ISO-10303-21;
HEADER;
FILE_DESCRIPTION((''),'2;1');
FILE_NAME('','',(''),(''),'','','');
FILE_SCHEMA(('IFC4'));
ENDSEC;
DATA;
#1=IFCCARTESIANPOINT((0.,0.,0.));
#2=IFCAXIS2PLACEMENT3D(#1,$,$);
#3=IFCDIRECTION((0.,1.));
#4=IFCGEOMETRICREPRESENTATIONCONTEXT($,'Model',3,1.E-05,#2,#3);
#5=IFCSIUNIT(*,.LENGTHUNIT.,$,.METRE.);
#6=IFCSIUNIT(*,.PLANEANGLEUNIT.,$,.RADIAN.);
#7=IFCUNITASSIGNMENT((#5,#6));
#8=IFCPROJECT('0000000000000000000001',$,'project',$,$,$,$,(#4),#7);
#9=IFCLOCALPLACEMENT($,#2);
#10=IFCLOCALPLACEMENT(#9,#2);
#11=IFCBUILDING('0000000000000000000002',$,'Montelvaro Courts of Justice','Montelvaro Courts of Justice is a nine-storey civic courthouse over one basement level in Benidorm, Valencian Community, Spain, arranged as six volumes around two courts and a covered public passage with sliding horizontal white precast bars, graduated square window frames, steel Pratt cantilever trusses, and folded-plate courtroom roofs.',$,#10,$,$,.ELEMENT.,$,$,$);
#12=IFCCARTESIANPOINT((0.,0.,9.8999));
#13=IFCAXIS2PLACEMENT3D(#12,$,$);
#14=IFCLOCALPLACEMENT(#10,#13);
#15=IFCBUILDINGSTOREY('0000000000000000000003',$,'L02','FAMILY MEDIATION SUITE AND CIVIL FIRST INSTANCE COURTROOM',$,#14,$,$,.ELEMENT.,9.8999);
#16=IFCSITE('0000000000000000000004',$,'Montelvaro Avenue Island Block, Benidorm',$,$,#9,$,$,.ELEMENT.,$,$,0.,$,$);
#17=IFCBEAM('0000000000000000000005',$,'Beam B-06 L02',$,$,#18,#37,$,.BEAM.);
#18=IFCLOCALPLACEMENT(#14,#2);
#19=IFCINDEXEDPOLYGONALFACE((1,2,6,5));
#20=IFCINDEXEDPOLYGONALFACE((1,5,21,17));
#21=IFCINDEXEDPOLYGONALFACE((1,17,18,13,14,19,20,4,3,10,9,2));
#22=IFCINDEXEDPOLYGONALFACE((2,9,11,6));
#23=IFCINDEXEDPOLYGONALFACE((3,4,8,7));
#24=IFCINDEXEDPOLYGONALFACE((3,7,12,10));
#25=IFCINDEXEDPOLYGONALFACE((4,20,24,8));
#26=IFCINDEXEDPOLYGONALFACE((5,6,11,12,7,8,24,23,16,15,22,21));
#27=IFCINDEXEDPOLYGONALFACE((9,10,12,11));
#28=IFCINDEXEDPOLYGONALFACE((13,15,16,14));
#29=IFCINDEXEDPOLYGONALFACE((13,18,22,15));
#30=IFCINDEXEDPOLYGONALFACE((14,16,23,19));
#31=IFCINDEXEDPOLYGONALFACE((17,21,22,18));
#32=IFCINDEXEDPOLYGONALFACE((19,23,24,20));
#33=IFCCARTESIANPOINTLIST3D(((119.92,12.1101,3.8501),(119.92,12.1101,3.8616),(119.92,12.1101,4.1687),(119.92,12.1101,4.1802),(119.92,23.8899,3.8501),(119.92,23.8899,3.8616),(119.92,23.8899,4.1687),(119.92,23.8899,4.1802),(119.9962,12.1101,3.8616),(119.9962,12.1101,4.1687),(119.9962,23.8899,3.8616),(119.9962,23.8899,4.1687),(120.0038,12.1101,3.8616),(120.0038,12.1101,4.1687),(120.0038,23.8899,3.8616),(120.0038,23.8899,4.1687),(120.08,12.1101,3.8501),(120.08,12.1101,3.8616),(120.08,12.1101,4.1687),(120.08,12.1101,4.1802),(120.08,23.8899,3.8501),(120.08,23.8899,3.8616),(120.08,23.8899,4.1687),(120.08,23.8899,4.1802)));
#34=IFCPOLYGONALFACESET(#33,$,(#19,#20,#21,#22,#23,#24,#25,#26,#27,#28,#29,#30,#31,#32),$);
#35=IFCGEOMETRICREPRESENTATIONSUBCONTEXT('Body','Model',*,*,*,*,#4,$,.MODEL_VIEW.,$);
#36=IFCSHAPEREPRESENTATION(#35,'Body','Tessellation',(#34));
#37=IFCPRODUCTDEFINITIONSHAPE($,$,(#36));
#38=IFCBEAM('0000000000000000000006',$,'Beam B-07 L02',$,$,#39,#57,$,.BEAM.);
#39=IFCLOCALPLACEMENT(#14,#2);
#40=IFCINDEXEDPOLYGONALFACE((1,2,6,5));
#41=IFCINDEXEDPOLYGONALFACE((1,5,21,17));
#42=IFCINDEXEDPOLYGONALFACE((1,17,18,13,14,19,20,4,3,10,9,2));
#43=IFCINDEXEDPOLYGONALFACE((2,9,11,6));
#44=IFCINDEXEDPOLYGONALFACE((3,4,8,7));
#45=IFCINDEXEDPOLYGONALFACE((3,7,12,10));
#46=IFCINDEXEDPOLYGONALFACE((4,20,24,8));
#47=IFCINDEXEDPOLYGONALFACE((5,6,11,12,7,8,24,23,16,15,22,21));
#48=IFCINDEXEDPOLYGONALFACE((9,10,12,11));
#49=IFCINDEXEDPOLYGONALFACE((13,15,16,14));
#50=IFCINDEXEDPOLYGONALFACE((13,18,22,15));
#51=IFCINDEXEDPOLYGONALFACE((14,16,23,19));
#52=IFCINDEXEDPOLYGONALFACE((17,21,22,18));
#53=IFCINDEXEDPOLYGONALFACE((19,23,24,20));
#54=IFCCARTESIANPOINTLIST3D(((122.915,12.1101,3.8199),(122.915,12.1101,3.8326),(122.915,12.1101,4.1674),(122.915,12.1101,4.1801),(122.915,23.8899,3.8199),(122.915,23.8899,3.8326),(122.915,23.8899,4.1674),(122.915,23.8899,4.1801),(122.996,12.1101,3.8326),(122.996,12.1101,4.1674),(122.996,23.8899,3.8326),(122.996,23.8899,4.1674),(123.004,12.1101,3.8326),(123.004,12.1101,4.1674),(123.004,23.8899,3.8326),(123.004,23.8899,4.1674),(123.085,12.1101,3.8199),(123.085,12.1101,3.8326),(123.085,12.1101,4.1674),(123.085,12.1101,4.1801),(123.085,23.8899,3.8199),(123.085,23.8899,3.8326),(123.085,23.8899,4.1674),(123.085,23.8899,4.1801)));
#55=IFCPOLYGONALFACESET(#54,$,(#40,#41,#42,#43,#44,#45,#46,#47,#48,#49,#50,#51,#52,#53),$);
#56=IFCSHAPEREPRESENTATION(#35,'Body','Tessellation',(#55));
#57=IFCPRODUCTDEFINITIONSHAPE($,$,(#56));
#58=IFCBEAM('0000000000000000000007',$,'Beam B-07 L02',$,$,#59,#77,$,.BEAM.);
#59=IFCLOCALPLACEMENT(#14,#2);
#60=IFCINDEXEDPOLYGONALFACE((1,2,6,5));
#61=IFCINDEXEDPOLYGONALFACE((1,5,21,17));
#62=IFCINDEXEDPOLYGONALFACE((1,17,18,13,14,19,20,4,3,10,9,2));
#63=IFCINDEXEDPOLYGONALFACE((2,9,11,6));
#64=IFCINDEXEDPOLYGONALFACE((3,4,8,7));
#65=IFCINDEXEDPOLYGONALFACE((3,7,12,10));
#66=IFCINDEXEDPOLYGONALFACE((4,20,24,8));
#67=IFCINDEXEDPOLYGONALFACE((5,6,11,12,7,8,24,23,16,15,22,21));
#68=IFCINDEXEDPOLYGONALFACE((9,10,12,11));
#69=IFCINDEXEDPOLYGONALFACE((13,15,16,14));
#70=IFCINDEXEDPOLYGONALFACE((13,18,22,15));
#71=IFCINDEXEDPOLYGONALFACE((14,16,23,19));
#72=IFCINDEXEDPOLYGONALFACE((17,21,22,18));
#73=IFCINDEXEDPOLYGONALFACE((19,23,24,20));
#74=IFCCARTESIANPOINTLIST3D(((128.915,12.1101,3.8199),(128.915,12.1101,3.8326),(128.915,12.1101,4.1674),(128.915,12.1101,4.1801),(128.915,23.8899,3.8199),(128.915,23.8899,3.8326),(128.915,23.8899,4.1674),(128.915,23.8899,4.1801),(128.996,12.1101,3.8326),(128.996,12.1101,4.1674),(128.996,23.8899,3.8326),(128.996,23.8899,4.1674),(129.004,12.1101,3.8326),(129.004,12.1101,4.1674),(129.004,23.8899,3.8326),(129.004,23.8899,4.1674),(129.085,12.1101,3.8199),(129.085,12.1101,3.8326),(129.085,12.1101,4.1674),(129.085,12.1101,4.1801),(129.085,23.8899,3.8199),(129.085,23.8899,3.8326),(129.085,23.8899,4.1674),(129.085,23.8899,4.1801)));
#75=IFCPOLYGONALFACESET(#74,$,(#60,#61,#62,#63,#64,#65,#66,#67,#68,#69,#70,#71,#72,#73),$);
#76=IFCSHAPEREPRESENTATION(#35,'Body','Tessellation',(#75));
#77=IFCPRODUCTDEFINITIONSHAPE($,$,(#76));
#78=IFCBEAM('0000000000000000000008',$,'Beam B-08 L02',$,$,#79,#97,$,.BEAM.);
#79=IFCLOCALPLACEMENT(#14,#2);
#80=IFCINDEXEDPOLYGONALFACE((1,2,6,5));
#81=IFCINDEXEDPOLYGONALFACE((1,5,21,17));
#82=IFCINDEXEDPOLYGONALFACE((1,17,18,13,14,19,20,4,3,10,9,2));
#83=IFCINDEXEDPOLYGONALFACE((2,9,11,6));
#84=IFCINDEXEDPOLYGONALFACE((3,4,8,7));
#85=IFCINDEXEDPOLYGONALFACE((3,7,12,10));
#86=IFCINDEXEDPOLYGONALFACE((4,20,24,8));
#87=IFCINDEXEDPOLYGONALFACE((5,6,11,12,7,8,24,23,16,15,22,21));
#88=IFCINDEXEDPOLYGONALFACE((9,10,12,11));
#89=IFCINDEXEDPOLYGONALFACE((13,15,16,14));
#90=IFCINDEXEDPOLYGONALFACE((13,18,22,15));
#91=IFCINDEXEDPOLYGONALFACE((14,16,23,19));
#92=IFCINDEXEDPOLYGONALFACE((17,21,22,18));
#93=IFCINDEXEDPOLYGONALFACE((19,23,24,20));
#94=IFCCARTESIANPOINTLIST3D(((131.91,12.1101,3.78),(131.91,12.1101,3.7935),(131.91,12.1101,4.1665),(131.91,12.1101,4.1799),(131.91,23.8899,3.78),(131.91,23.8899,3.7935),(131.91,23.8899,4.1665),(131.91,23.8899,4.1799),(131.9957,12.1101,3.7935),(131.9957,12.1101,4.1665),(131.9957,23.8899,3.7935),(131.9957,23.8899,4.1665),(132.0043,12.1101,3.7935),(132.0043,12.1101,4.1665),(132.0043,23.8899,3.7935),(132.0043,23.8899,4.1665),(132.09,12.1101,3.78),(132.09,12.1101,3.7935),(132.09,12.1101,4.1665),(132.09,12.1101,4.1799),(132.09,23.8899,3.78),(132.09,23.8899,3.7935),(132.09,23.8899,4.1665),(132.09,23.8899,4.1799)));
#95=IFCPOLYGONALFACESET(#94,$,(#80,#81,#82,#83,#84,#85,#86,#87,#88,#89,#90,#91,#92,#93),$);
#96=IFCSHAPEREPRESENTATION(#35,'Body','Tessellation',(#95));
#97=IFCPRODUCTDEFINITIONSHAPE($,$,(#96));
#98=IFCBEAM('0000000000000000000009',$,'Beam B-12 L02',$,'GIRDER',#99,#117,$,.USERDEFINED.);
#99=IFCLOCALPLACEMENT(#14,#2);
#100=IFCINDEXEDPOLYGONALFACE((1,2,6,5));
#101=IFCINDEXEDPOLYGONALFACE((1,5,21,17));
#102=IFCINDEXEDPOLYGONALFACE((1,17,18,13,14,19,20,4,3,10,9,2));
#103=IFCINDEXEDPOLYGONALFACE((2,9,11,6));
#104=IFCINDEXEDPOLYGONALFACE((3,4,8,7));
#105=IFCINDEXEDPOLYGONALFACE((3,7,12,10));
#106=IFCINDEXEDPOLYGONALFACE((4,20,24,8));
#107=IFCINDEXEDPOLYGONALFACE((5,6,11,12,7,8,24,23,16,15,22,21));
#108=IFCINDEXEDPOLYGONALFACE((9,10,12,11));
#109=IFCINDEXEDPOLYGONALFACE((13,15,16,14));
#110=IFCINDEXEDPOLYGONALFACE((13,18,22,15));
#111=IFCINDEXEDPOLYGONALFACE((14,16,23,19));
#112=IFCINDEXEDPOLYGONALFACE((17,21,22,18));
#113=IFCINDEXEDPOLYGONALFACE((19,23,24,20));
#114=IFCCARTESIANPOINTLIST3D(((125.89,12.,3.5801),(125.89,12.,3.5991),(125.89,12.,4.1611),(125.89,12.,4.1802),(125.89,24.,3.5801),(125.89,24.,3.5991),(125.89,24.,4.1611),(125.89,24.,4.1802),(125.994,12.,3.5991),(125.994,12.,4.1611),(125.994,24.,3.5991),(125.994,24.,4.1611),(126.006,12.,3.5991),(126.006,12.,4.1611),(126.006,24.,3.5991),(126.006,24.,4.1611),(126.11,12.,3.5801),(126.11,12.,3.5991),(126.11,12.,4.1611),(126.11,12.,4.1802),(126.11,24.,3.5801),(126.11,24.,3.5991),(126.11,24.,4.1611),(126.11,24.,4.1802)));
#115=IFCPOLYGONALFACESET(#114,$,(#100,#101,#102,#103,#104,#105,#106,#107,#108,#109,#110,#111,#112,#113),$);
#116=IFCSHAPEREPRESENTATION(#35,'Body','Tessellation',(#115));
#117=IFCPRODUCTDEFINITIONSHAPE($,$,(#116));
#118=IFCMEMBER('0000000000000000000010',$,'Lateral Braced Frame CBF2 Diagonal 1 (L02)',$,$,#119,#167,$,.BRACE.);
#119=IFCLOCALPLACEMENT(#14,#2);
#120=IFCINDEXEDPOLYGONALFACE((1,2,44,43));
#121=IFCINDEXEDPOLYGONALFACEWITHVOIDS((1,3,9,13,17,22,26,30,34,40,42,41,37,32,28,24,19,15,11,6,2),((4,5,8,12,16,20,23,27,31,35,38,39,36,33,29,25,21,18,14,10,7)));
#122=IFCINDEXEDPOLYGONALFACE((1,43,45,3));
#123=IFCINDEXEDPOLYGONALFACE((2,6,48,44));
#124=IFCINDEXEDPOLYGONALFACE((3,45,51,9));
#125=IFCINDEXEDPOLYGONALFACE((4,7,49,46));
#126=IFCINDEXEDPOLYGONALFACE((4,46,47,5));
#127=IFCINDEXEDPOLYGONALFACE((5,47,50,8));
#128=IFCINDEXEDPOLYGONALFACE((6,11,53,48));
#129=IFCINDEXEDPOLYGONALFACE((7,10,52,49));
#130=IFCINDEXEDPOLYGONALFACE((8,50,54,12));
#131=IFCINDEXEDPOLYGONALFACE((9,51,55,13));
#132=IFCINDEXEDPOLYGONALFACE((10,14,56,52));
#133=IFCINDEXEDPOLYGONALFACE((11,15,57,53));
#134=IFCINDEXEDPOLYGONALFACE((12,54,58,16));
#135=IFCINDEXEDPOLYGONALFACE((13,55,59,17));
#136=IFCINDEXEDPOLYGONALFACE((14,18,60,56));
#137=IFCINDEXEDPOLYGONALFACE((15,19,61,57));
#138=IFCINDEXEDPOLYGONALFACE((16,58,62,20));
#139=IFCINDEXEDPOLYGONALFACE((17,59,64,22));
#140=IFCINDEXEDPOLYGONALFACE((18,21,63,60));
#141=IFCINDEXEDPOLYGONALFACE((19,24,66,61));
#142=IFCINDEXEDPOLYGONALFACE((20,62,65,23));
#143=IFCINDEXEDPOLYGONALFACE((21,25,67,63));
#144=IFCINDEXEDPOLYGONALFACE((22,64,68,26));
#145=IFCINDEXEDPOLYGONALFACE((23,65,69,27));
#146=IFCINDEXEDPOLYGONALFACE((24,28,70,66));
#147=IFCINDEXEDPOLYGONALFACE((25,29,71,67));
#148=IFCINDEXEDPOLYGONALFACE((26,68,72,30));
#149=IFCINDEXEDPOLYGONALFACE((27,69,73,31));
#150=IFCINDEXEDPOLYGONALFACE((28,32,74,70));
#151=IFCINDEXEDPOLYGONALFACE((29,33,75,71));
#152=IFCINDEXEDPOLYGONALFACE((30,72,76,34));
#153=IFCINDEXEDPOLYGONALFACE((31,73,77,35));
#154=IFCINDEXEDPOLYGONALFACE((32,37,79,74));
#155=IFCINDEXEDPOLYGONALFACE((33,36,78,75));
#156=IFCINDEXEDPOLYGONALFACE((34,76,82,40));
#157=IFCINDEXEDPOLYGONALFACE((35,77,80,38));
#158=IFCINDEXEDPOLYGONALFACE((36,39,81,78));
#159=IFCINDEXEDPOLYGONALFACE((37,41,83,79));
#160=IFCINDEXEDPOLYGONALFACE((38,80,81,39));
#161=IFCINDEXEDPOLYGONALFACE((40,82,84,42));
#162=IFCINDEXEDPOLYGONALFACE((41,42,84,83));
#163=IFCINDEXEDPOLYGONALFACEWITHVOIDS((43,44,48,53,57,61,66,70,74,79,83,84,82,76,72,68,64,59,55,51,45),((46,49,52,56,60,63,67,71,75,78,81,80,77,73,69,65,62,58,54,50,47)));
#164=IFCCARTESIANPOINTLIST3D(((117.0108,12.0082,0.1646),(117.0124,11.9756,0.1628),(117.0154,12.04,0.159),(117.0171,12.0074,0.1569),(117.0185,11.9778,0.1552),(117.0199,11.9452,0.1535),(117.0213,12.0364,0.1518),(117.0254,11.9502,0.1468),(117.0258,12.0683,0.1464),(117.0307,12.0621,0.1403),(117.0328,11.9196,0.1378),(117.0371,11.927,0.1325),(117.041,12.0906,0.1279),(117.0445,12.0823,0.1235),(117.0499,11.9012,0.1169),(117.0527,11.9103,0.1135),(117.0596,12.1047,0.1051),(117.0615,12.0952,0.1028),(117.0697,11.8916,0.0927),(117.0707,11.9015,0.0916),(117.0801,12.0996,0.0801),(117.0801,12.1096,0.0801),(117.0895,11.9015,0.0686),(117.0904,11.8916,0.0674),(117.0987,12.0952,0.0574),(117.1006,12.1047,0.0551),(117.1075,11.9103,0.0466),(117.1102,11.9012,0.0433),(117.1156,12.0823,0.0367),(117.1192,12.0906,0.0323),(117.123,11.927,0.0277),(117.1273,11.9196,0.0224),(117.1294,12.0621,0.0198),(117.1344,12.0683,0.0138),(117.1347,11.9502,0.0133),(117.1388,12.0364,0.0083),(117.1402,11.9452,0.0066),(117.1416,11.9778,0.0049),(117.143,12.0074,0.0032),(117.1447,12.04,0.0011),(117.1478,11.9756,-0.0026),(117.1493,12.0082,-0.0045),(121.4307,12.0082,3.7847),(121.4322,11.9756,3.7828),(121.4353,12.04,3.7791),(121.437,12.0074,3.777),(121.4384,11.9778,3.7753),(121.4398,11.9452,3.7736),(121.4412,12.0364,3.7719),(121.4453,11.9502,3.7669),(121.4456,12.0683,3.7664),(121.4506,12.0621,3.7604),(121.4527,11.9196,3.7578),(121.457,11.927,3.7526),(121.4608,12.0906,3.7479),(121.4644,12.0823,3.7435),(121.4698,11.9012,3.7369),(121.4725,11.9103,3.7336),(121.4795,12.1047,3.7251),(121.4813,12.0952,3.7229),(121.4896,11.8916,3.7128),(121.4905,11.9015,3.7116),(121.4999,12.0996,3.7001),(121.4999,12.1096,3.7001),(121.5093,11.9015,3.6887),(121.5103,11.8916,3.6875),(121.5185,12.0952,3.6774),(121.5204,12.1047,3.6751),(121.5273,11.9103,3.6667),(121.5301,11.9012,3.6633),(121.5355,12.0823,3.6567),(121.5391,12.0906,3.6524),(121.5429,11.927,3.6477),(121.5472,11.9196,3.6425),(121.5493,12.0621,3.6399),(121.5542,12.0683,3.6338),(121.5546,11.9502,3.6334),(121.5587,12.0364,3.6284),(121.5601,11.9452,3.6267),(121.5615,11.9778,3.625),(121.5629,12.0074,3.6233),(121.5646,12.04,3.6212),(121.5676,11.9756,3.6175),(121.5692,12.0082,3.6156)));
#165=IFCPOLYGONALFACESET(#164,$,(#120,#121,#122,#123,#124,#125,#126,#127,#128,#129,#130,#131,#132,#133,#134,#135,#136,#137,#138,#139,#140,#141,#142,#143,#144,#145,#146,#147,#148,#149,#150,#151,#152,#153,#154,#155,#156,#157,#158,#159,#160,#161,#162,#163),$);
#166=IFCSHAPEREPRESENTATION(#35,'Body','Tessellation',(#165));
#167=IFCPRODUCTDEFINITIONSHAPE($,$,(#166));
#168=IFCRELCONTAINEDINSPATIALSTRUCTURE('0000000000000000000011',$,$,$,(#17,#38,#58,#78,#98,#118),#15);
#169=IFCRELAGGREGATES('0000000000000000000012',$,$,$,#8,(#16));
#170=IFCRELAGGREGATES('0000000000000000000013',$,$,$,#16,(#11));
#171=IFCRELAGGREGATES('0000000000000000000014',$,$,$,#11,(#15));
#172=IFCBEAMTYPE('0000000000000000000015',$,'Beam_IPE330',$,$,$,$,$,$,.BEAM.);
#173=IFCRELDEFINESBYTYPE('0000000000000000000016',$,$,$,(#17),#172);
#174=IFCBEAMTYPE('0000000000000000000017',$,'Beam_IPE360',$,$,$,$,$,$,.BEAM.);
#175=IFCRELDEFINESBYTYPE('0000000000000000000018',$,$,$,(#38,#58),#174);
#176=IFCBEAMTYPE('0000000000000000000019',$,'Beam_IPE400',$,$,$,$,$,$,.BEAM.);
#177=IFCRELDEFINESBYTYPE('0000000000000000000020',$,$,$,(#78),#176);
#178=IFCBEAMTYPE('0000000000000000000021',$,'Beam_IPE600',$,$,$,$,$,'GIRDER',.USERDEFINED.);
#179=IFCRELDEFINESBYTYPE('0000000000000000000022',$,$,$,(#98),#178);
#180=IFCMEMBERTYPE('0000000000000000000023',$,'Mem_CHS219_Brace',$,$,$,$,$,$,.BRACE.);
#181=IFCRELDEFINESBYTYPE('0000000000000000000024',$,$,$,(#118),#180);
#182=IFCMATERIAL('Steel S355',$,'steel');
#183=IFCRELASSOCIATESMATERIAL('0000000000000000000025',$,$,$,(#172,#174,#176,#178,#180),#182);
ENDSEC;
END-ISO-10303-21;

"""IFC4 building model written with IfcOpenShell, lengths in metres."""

from ifc_helpers import new_model, si_unit, direction, frame, origin, origin_2d, place, context, subcontext, project, spatial, hollow_circle, i_section, extrude, material, material_profile, profile_set, type_object, element, save


model = new_model("IFC4")

# Units and contexts
model_context = context("Model", 3, precision=1e-05, world=origin(), true_north=direction((0.0, 1.0)))
body_context = subcontext(model_context, "Body", "Model", "MODEL_VIEW")
ifc_project = project(units=[si_unit("LENGTHUNIT", "METRE"), si_unit("PLANEANGLEUNIT", "RADIAN")], contexts=[model_context])

# Site, building, storey
site_placement = place(None, origin())
site = spatial("IfcSite", under=ifc_project, at=site_placement, Name="Montelvaro Avenue Island Block, Benidorm", CompositionType="ELEMENT", RefElevation=0.0)
building_placement = place(site_placement, origin())
building = spatial("IfcBuilding", under=site, at=building_placement, Name="Montelvaro Courts of Justice", Description="Montelvaro Courts of Justice is a nine-storey civic courthouse over one basement level in Benidorm, Valencian Community, Spain, arranged as six volumes around two courts and a covered public passage with sliding horizontal white precast bars, graduated square window frames, steel Pratt cantilever trusses, and folded-plate courtroom roofs.", CompositionType="ELEMENT")
storey_placement = place(building_placement, frame((0.0, 0.0, 9.8999)))
storey = spatial("IfcBuildingStorey", under=building, at=storey_placement, Name="L02", Description="FAMILY MEDIATION SUITE AND CIVIL FIRST INSTANCE COURTROOM", CompositionType="ELEMENT", Elevation=9.8999)

# Shared definitions
ifc_material_1 = material(Name="Steel S355", Category="steel")

# Beams
ifc_material_profile_1 = material_profile(ifc_material_1, i_section(OverallWidth=0.1599, OverallDepth=0.3301, WebThickness=0.0076, FlangeThickness=0.0115, at=origin_2d()), Name="IPE 330")
ifc_profile_set_1 = profile_set([ifc_material_profile_1], Name="Steel S355")
beam_type_1 = type_object("IfcBeamType", Name="Beam_IPE330", PredefinedType="BEAM", material=ifc_profile_set_1)
beam_1_placement = place(storey_placement, frame((120.0, 12.1101, 4.0151), z_axis=(0.0, 1.0, 0.0), x_axis=(-1.0, 0.0, 0.0)))
element("IfcBeam", 1, at=beam_1_placement, inside=storey, type_object=beam_type_1, Name="Beam B-06 L02", PredefinedType="BEAM", context=body_context, shape_type="SweptSolid", body=[
    extrude(i_section(OverallWidth=0.1599, OverallDepth=0.3301, WebThickness=0.0076, FlangeThickness=0.0115, at=origin_2d()), origin(), (0.0, 0.0, 1.0), 11.7798),
])
ifc_material_profile_2 = material_profile(ifc_material_1, i_section(OverallWidth=0.1699, OverallDepth=0.3601, WebThickness=0.0081, FlangeThickness=0.0127, at=origin_2d()), Name="IPE 360")
ifc_profile_set_2 = profile_set([ifc_material_profile_2], Name="Steel S355")
beam_type_2 = type_object("IfcBeamType", Name="Beam_IPE360", PredefinedType="BEAM", material=ifc_profile_set_2)
for number, where, z_axis, x_axis, name in (
    (2, (123.0, 12.1101, 4.0), (0.0, 1.0, 0.0), (-1.0, 0.0, 0.0), "Beam B-07 L02"),
    (3, (129.0, 12.1101, 4.0), (0.0, 1.0, 0.0), (-1.0, 0.0, 0.0), "Beam B-07 L02"),
):
    element("IfcBeam", number, at=place(storey_placement, frame(where, z_axis=z_axis, x_axis=x_axis)), inside=storey, type_object=beam_type_2, Name=name, PredefinedType="BEAM", context=body_context, shape_type="SweptSolid", body=[
        extrude(i_section(OverallWidth=0.1699, OverallDepth=0.3601, WebThickness=0.0081, FlangeThickness=0.0127, at=origin_2d()), origin(), (0.0, 0.0, 1.0), 11.7798),
    ])
ifc_material_profile_3 = material_profile(ifc_material_1, i_section(OverallWidth=0.1799, OverallDepth=0.3999, WebThickness=0.0085, FlangeThickness=0.0134, at=origin_2d()), Name="IPE 400")
ifc_profile_set_3 = profile_set([ifc_material_profile_3], Name="Steel S355")
beam_type_3 = type_object("IfcBeamType", Name="Beam_IPE400", PredefinedType="BEAM", material=ifc_profile_set_3)
beam_2_placement = place(storey_placement, frame((132.0, 12.1101, 3.98), z_axis=(0.0, 1.0, 0.0), x_axis=(-1.0, 0.0, 0.0)))
element("IfcBeam", 4, at=beam_2_placement, inside=storey, type_object=beam_type_3, Name="Beam B-08 L02", PredefinedType="BEAM", context=body_context, shape_type="SweptSolid", body=[
    extrude(i_section(OverallWidth=0.1799, OverallDepth=0.3999, WebThickness=0.0085, FlangeThickness=0.0134, at=origin_2d()), origin(), (0.0, 0.0, 1.0), 11.7798),
])
ifc_material_profile_4 = material_profile(ifc_material_1, i_section(OverallWidth=0.22, OverallDepth=0.6001, WebThickness=0.012, FlangeThickness=0.019, at=origin_2d()), Name="IPE 600")
ifc_profile_set_4 = profile_set([ifc_material_profile_4], Name="Steel S355")
beam_type_4 = type_object("IfcBeamType", Name="Beam_IPE600", ElementType="GIRDER", PredefinedType="USERDEFINED", material=ifc_profile_set_4)
beam_3_placement = place(storey_placement, frame((126.0, 12.0, 3.8801), z_axis=(0.0, 1.0, 0.0), x_axis=(-1.0, 0.0, 0.0)))
element("IfcBeam", 5, at=beam_3_placement, inside=storey, type_object=beam_type_4, Name="Beam B-12 L02", ObjectType="GIRDER", PredefinedType="USERDEFINED", context=body_context, shape_type="SweptSolid", body=[
    extrude(i_section(OverallWidth=0.22, OverallDepth=0.6001, WebThickness=0.012, FlangeThickness=0.019, at=origin_2d()), origin(), (0.0, 0.0, 1.0), 12.0),
])

# Member
ifc_material_profile_5 = material_profile(ifc_material_1, hollow_circle(Radius=0.1096, WallThickness=0.01, at=origin_2d()), Name="CHS 219.1x10")
ifc_profile_set_5 = profile_set([ifc_material_profile_5], Name="Steel S355")
member_type = type_object("IfcMemberType", Name="Mem_CHS219_Brace", PredefinedType="BRACE", material=ifc_profile_set_5)
for number, where, z_axis, x_axis, name in (
    (6, (117.0801, 12.0, 0.0801), (0.77363, 0.0, 0.633638), (0.0, 1.0, 0.0), "Lateral Braced Frame CBF2 Diagonal 1 (L02)"),
):
    element("IfcMember", number, at=place(storey_placement, frame(where, z_axis=z_axis, x_axis=x_axis)), inside=storey, type_object=member_type, Name=name, PredefinedType="BRACE", context=body_context, shape_type="SweptSolid", body=[
        extrude(hollow_circle(Radius=0.1096, WallThickness=0.01, at=origin_2d()), origin(), (0.0, 0.0, 1.0), 5.7131),
    ])

save(model, "model.ifc")
